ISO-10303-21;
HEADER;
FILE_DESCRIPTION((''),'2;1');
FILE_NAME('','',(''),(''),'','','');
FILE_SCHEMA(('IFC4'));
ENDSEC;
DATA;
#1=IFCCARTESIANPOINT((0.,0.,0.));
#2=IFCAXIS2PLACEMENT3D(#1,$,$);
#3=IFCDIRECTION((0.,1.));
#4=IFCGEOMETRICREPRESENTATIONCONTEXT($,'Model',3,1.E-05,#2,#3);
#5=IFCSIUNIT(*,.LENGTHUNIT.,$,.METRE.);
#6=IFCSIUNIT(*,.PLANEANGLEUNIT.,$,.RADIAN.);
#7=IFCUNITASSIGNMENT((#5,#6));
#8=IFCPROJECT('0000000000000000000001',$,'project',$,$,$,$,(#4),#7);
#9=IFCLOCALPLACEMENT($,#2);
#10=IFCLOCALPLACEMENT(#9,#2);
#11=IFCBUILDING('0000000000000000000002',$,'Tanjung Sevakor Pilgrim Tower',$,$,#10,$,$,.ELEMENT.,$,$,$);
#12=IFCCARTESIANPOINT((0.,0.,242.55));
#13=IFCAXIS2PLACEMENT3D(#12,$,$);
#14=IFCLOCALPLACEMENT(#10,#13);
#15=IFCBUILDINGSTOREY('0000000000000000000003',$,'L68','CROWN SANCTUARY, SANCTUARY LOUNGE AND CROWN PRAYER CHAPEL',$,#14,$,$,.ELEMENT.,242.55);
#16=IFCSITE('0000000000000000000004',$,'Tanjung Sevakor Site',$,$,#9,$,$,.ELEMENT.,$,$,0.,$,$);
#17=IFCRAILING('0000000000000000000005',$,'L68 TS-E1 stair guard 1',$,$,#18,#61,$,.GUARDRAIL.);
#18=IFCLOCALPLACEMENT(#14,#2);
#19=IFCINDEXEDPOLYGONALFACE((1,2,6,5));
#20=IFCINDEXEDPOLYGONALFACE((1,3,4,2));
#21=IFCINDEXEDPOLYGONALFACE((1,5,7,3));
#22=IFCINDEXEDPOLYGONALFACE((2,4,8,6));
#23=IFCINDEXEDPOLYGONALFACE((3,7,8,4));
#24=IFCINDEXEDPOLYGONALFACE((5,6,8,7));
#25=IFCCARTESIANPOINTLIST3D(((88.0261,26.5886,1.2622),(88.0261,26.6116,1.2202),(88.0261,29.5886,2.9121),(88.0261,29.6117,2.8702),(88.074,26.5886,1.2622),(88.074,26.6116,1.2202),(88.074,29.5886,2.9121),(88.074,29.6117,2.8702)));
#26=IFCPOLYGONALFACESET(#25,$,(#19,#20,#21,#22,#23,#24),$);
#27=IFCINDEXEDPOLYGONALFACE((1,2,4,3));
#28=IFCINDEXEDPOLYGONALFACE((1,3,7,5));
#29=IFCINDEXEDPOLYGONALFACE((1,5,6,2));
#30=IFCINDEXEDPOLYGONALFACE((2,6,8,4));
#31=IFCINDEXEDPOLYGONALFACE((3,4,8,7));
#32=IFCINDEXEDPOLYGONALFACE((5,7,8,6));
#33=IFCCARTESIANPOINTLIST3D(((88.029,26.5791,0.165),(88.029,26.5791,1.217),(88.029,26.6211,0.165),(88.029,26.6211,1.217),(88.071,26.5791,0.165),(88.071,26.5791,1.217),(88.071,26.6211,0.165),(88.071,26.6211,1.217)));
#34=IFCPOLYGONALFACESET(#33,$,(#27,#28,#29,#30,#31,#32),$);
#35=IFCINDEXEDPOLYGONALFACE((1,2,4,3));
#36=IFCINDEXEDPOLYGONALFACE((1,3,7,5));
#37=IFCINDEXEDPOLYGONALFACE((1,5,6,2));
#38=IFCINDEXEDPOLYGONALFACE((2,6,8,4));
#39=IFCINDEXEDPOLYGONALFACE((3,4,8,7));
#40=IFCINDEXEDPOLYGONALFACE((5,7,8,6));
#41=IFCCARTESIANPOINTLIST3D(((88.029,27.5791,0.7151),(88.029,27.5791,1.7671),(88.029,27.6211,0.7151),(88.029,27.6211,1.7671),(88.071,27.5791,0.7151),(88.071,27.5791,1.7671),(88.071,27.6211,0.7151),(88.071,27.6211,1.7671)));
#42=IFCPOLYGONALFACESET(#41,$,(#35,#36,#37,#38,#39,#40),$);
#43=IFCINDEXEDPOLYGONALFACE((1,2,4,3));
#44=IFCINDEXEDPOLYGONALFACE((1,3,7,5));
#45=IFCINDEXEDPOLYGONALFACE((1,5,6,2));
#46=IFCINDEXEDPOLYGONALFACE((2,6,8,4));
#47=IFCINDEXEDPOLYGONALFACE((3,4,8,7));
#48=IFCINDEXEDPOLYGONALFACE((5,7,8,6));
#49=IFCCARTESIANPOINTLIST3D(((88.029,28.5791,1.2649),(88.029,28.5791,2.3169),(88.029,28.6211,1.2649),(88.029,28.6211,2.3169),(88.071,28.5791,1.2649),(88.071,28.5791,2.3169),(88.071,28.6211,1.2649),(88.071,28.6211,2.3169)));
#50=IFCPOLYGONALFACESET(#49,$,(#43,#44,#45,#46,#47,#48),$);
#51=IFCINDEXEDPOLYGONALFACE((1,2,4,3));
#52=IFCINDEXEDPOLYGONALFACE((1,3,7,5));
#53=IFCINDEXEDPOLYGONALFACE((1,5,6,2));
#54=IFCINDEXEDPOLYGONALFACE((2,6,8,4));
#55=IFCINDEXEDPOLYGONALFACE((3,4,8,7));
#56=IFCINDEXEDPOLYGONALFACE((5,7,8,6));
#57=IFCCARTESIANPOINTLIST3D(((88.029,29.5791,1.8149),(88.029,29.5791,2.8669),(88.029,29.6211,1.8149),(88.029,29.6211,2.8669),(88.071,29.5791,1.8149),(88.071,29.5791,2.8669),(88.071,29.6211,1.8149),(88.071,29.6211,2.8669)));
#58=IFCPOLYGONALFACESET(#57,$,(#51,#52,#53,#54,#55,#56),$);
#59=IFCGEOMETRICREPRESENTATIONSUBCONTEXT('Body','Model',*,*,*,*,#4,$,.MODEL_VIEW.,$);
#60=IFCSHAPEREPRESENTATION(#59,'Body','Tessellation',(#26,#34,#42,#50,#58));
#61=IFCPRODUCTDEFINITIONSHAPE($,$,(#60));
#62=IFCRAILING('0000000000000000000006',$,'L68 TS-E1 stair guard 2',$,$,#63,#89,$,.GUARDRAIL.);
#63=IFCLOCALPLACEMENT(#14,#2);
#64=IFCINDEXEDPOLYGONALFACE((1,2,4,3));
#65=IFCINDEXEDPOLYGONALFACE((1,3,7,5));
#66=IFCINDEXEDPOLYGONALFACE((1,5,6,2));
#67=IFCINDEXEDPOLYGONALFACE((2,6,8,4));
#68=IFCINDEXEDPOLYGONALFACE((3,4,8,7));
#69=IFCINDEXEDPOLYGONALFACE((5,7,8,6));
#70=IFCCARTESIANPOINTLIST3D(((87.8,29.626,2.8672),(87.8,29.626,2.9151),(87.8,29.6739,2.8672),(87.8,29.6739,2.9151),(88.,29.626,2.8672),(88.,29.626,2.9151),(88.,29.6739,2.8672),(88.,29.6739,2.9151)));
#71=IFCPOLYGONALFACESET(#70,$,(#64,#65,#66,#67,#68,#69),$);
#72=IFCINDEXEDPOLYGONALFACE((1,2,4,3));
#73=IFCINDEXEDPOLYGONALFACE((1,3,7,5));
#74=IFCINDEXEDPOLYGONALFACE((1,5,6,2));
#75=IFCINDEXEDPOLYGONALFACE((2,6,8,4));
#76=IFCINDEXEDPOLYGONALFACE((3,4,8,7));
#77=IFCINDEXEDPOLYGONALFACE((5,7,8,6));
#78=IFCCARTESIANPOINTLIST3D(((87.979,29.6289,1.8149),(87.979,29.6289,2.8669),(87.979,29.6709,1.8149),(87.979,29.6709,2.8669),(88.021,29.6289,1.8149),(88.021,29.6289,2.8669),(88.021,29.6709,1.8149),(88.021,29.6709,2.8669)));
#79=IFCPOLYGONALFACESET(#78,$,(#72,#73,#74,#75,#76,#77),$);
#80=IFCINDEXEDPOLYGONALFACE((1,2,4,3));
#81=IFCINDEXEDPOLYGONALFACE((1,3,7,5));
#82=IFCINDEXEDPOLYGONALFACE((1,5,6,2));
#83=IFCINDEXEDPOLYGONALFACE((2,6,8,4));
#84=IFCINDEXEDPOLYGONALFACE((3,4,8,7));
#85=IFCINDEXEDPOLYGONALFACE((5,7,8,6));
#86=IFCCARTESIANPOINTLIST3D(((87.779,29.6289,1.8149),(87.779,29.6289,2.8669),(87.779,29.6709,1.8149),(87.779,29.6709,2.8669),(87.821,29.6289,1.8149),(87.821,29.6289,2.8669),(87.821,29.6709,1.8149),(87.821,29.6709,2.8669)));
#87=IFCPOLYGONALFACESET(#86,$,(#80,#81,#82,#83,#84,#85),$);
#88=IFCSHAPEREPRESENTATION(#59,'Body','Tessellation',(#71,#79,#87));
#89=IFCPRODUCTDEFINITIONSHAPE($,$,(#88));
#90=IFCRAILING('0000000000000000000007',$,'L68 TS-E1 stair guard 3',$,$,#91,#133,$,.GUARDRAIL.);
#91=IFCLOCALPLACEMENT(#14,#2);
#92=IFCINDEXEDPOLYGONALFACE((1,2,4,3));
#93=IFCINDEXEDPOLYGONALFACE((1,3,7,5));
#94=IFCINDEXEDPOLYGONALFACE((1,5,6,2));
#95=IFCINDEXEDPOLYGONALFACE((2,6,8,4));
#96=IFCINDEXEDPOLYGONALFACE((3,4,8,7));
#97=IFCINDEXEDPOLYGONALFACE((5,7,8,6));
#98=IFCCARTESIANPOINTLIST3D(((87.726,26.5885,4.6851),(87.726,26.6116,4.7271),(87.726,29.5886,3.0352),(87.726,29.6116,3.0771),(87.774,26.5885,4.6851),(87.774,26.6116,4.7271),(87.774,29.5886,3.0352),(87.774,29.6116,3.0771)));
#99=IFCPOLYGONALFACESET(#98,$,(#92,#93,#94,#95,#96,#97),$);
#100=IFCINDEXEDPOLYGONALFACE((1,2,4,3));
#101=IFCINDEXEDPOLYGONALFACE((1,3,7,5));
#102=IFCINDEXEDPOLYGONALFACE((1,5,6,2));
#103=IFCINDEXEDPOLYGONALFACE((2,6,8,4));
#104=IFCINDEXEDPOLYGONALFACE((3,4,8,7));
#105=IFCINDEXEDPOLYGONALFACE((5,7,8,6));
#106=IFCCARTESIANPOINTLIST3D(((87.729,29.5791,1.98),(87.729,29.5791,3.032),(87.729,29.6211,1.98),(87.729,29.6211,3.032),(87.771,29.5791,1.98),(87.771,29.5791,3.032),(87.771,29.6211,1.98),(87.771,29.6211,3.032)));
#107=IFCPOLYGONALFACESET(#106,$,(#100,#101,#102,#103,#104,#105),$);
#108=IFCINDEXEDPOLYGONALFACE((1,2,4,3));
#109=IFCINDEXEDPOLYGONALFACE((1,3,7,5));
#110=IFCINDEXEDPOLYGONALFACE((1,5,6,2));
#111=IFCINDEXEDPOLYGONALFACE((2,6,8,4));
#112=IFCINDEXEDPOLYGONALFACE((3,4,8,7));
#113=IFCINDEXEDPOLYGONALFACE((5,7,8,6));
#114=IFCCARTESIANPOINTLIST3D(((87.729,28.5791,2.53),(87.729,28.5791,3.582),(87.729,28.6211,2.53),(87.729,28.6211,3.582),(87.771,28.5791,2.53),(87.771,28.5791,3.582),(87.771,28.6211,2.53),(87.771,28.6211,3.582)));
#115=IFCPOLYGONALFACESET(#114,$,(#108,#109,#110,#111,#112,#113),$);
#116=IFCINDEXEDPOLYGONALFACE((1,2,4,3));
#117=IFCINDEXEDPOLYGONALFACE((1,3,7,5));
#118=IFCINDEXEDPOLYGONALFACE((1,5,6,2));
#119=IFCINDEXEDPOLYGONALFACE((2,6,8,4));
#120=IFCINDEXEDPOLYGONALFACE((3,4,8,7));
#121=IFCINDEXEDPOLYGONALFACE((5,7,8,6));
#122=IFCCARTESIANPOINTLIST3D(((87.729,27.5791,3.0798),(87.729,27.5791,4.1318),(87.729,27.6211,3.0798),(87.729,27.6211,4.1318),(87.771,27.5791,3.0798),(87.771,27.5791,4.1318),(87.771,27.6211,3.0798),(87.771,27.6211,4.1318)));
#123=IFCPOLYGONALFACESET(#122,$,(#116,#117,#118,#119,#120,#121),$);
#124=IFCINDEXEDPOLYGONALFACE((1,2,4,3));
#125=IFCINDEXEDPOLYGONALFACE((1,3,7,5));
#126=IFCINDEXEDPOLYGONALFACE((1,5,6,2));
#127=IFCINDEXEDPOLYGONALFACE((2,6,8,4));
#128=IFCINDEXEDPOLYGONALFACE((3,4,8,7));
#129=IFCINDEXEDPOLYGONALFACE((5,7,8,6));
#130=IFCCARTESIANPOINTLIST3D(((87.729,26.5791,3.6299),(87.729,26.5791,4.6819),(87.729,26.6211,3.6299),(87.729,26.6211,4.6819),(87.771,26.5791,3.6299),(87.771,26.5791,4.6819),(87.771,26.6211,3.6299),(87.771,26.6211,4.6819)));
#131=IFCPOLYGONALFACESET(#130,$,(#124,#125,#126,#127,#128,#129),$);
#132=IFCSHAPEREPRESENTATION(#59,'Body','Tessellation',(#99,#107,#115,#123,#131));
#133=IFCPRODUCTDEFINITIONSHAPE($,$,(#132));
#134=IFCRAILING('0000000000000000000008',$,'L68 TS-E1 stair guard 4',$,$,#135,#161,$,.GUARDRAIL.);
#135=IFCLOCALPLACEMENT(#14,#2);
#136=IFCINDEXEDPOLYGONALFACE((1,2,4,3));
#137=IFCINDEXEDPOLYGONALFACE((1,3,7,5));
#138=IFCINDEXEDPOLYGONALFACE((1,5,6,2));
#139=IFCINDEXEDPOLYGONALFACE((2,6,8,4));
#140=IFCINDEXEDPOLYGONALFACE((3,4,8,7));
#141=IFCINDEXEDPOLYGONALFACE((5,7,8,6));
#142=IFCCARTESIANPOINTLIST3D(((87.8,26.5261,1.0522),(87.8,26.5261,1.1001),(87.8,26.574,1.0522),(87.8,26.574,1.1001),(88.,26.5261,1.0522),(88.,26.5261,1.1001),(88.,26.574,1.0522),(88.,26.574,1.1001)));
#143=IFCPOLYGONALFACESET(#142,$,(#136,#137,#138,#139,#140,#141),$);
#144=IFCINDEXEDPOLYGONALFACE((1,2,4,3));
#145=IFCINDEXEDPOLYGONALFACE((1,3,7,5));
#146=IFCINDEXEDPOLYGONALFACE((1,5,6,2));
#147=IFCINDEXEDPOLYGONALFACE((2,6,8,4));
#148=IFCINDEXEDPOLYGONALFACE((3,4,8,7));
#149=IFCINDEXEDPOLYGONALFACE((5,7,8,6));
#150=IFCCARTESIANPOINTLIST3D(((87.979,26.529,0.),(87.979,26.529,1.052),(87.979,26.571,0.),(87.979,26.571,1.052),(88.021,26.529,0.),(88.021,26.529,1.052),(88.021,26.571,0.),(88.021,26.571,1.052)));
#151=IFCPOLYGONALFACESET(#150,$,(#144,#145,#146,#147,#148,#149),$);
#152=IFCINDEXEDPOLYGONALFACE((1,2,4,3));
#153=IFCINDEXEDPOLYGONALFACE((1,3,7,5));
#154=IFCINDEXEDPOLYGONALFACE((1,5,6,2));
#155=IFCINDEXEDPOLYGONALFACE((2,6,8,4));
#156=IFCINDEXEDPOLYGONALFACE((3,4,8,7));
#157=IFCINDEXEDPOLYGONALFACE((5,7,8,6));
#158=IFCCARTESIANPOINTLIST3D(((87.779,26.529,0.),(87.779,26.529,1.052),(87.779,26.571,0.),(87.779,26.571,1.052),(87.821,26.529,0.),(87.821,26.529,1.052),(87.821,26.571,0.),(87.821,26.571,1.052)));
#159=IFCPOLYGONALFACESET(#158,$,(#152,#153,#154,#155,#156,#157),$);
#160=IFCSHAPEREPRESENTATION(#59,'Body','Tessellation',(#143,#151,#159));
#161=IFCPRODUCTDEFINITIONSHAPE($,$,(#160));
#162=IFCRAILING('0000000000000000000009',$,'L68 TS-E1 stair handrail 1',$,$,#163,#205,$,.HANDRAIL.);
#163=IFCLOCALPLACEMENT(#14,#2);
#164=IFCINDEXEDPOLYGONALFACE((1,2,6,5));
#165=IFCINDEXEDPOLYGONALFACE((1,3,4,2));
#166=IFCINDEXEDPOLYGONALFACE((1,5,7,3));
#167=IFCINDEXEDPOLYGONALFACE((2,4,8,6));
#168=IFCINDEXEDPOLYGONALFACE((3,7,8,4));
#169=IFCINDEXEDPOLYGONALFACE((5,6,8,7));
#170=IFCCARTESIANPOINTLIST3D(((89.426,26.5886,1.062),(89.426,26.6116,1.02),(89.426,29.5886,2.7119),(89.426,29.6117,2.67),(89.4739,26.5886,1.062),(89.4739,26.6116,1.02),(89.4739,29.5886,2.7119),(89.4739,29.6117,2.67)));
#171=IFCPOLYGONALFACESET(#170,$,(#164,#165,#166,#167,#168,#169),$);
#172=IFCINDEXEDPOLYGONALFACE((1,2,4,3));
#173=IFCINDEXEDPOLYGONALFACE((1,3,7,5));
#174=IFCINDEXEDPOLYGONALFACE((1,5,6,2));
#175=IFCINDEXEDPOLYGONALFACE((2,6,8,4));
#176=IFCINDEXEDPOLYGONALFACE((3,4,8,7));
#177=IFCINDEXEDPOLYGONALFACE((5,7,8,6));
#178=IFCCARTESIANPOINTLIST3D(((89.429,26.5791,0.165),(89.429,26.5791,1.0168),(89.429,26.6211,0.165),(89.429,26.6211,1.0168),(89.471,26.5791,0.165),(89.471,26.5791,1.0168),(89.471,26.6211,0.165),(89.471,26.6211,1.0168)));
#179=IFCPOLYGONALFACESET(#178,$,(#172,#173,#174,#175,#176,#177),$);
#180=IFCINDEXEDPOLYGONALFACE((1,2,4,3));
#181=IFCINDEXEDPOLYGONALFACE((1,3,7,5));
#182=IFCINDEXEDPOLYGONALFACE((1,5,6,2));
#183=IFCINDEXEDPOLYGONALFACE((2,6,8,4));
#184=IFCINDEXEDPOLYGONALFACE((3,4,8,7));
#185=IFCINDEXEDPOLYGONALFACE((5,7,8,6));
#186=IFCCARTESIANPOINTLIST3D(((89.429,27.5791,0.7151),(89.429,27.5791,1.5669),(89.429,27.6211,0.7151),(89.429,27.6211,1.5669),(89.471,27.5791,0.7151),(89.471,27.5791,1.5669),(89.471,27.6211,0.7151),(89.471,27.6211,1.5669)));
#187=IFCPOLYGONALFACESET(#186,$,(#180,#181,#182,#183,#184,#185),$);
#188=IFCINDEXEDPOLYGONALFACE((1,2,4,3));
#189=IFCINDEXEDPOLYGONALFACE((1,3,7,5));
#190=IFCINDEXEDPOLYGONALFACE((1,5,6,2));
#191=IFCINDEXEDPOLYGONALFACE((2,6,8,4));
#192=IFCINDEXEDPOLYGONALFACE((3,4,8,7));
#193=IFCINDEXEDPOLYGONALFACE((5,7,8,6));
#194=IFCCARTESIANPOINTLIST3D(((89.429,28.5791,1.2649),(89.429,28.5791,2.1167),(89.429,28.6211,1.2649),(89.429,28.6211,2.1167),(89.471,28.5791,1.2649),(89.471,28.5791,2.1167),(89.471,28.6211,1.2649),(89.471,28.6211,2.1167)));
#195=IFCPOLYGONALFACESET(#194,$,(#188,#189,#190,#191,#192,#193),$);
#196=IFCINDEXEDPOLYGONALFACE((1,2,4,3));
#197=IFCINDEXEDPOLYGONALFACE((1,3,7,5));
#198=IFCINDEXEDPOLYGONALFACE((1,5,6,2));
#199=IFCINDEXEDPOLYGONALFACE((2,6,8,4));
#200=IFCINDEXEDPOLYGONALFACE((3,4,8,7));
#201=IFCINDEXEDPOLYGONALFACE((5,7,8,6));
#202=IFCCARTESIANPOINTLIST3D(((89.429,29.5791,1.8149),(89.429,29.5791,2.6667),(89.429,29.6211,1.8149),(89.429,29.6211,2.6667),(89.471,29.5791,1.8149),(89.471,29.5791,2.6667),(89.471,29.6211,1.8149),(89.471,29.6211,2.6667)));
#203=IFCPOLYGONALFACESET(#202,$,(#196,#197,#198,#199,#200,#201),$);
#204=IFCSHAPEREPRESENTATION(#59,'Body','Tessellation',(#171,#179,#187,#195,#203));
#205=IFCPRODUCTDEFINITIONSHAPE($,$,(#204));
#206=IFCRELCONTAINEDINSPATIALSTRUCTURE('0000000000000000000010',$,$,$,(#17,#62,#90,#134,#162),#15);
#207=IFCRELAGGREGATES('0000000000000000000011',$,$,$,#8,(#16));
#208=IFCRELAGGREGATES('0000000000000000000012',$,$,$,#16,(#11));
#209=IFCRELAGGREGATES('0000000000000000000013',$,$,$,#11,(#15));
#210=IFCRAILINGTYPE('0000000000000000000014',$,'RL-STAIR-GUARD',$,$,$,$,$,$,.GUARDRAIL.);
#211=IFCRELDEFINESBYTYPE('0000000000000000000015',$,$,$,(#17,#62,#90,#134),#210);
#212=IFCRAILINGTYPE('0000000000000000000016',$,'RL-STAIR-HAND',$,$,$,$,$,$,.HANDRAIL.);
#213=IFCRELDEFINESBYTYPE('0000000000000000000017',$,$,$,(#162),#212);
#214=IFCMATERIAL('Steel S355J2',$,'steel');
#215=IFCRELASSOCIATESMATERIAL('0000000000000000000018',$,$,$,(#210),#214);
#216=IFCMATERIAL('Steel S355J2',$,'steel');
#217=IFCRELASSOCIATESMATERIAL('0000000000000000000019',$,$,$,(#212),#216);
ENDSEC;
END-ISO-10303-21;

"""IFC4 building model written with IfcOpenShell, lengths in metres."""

from ifc_helpers import new_model, si_unit, direction, frame, origin, place, context, subcontext, project, spatial, rectangle, extrude, material, type_object, element, save


model = new_model("IFC4")

# Units and contexts
model_context = context("Model", 3, precision=1e-05, world=origin(), true_north=direction((0.0, 1.0)))
body_context = subcontext(model_context, "Body", "Model", "MODEL_VIEW")
ifc_project = project(units=[si_unit("LENGTHUNIT", "METRE"), si_unit("PLANEANGLEUNIT", "RADIAN")], contexts=[model_context])

# Site, building, storey
site_placement = place(None, origin())
site = spatial("IfcSite", under=ifc_project, at=site_placement, Name="Tanjung Sevakor Site", CompositionType="ELEMENT", RefElevation=0.0)
building_placement = place(site_placement, origin())
building = spatial("IfcBuilding", under=site, at=building_placement, Name="Tanjung Sevakor Pilgrim Tower", CompositionType="ELEMENT")
storey_placement = place(building_placement, frame((0.0, 0.0, 242.55)))
storey = spatial("IfcBuildingStorey", under=building, at=storey_placement, Name="L68", Description="CROWN SANCTUARY, SANCTUARY LOUNGE AND CROWN PRAYER CHAPEL", CompositionType="ELEMENT", Elevation=242.55)

# Railings
ifc_material_1 = material(Name="Steel S355J2", Category="steel")
railing_type_1 = type_object("IfcRailingType", Name="RL-STAIR-GUARD", PredefinedType="GUARDRAIL", material=ifc_material_1)
railing_1_placement = place(storey_placement, frame((88.05, 26.6001, 0.165)))
element("IfcRailing", 1, at=railing_1_placement, inside=storey, type_object=railing_type_1, Name="L68 TS-E1 stair guard 1", PredefinedType="GUARDRAIL", context=body_context, shape_type="SweptSolid", body=[
    extrude(rectangle(XDim=0.0479, YDim=0.0479), frame((0.0, 0.0, 1.0762), z_axis=(0.0, 0.876228, 0.481897), x_axis=(-1.0, 0.0, 0.0)), (0.0, 0.0, 1.0), 3.4238),
    extrude(rectangle(XDim=0.042, YDim=0.042), origin(), (0.0, 0.0, 1.0), 1.052),
    extrude(rectangle(XDim=0.042, YDim=0.042), frame((0.0, 1.0, 0.55)), (0.0, 0.0, 1.0), 1.052),
    extrude(rectangle(XDim=0.042, YDim=0.042), frame((0.0, 2.0, 1.0999)), (0.0, 0.0, 1.0), 1.052),
    extrude(rectangle(XDim=0.042, YDim=0.042), frame((0.0, 3.0, 1.6499)), (0.0, 0.0, 1.0), 1.052),
])
railing_2_placement = place(storey_placement, frame((88.0, 29.6499, 1.8149)))
element("IfcRailing", 2, at=railing_2_placement, inside=storey, type_object=railing_type_1, Name="L68 TS-E1 stair guard 2", PredefinedType="GUARDRAIL", context=body_context, shape_type="SweptSolid", body=[
    extrude(rectangle(XDim=0.0479, YDim=0.0479), frame((0.0, 0.0, 1.0762), z_axis=(-1.0, 0.0, 0.0), x_axis=(0.0, -1.0, 0.0)), (0.0, 0.0, 1.0), 0.2),
    extrude(rectangle(XDim=0.042, YDim=0.042), origin(), (0.0, 0.0, 1.0), 1.052),
    extrude(rectangle(XDim=0.042, YDim=0.042), frame((-0.2, 0.0, 0.0)), (0.0, 0.0, 1.0), 1.052),
])
railing_3_placement = place(storey_placement, frame((87.75, 29.6001, 1.98)))
element("IfcRailing", 3, at=railing_3_placement, inside=storey, type_object=railing_type_1, Name="L68 TS-E1 stair guard 3", PredefinedType="GUARDRAIL", context=body_context, shape_type="SweptSolid", body=[
    extrude(rectangle(XDim=0.0479, YDim=0.0479), frame((0.0, 0.0, 1.0762), z_axis=(0.0, -0.876228, 0.481897), x_axis=(1.0, 0.0, 0.0)), (0.0, 0.0, 1.0), 3.4238),
    extrude(rectangle(XDim=0.042, YDim=0.042), origin(), (0.0, 0.0, 1.0), 1.052),
    extrude(rectangle(XDim=0.042, YDim=0.042), frame((0.0, -1.0, 0.55)), (0.0, 0.0, 1.0), 1.052),
    extrude(rectangle(XDim=0.042, YDim=0.042), frame((0.0, -2.0, 1.0999)), (0.0, 0.0, 1.0), 1.052),
    extrude(rectangle(XDim=0.042, YDim=0.042), frame((0.0, -3.0, 1.6499)), (0.0, 0.0, 1.0), 1.052),
])
railing_4_placement = place(storey_placement, frame((88.0, 26.55, 0.0)))
element("IfcRailing", 4, at=railing_4_placement, inside=storey, type_object=railing_type_1, Name="L68 TS-E1 stair guard 4", PredefinedType="GUARDRAIL", context=body_context, shape_type="SweptSolid", body=[
    extrude(rectangle(XDim=0.0479, YDim=0.0479), frame((0.0, 0.0, 1.0762), z_axis=(-1.0, 0.0, 0.0), x_axis=(0.0, -1.0, 0.0)), (0.0, 0.0, 1.0), 0.2),
    extrude(rectangle(XDim=0.042, YDim=0.042), origin(), (0.0, 0.0, 1.0), 1.052),
    extrude(rectangle(XDim=0.042, YDim=0.042), frame((-0.2, 0.0, 0.0)), (0.0, 0.0, 1.0), 1.052),
])
ifc_material_2 = material(Name="Steel S355J2", Category="steel")
railing_type_2 = type_object("IfcRailingType", Name="RL-STAIR-HAND", PredefinedType="HANDRAIL", material=ifc_material_2)
railing_5_placement = place(storey_placement, frame((89.45, 26.6001, 0.165)))
element("IfcRailing", 5, at=railing_5_placement, inside=storey, type_object=railing_type_2, Name="L68 TS-E1 stair handrail 1", PredefinedType="HANDRAIL", context=body_context, shape_type="SweptSolid", body=[
    extrude(rectangle(XDim=0.0479, YDim=0.0479), frame((0.0, 0.0, 0.876), z_axis=(0.0, 0.876228, 0.481897), x_axis=(-1.0, 0.0, 0.0)), (0.0, 0.0, 1.0), 3.4238),
    extrude(rectangle(XDim=0.042, YDim=0.042), origin(), (0.0, 0.0, 1.0), 0.8518),
    extrude(rectangle(XDim=0.042, YDim=0.042), frame((0.0, 1.0, 0.55)), (0.0, 0.0, 1.0), 0.8518),
    extrude(rectangle(XDim=0.042, YDim=0.042), frame((0.0, 2.0, 1.0999)), (0.0, 0.0, 1.0), 0.8518),
    extrude(rectangle(XDim=0.042, YDim=0.042), frame((0.0, 3.0, 1.6499)), (0.0, 0.0, 1.0), 0.8518),
])

save(model, "model.ifc")
